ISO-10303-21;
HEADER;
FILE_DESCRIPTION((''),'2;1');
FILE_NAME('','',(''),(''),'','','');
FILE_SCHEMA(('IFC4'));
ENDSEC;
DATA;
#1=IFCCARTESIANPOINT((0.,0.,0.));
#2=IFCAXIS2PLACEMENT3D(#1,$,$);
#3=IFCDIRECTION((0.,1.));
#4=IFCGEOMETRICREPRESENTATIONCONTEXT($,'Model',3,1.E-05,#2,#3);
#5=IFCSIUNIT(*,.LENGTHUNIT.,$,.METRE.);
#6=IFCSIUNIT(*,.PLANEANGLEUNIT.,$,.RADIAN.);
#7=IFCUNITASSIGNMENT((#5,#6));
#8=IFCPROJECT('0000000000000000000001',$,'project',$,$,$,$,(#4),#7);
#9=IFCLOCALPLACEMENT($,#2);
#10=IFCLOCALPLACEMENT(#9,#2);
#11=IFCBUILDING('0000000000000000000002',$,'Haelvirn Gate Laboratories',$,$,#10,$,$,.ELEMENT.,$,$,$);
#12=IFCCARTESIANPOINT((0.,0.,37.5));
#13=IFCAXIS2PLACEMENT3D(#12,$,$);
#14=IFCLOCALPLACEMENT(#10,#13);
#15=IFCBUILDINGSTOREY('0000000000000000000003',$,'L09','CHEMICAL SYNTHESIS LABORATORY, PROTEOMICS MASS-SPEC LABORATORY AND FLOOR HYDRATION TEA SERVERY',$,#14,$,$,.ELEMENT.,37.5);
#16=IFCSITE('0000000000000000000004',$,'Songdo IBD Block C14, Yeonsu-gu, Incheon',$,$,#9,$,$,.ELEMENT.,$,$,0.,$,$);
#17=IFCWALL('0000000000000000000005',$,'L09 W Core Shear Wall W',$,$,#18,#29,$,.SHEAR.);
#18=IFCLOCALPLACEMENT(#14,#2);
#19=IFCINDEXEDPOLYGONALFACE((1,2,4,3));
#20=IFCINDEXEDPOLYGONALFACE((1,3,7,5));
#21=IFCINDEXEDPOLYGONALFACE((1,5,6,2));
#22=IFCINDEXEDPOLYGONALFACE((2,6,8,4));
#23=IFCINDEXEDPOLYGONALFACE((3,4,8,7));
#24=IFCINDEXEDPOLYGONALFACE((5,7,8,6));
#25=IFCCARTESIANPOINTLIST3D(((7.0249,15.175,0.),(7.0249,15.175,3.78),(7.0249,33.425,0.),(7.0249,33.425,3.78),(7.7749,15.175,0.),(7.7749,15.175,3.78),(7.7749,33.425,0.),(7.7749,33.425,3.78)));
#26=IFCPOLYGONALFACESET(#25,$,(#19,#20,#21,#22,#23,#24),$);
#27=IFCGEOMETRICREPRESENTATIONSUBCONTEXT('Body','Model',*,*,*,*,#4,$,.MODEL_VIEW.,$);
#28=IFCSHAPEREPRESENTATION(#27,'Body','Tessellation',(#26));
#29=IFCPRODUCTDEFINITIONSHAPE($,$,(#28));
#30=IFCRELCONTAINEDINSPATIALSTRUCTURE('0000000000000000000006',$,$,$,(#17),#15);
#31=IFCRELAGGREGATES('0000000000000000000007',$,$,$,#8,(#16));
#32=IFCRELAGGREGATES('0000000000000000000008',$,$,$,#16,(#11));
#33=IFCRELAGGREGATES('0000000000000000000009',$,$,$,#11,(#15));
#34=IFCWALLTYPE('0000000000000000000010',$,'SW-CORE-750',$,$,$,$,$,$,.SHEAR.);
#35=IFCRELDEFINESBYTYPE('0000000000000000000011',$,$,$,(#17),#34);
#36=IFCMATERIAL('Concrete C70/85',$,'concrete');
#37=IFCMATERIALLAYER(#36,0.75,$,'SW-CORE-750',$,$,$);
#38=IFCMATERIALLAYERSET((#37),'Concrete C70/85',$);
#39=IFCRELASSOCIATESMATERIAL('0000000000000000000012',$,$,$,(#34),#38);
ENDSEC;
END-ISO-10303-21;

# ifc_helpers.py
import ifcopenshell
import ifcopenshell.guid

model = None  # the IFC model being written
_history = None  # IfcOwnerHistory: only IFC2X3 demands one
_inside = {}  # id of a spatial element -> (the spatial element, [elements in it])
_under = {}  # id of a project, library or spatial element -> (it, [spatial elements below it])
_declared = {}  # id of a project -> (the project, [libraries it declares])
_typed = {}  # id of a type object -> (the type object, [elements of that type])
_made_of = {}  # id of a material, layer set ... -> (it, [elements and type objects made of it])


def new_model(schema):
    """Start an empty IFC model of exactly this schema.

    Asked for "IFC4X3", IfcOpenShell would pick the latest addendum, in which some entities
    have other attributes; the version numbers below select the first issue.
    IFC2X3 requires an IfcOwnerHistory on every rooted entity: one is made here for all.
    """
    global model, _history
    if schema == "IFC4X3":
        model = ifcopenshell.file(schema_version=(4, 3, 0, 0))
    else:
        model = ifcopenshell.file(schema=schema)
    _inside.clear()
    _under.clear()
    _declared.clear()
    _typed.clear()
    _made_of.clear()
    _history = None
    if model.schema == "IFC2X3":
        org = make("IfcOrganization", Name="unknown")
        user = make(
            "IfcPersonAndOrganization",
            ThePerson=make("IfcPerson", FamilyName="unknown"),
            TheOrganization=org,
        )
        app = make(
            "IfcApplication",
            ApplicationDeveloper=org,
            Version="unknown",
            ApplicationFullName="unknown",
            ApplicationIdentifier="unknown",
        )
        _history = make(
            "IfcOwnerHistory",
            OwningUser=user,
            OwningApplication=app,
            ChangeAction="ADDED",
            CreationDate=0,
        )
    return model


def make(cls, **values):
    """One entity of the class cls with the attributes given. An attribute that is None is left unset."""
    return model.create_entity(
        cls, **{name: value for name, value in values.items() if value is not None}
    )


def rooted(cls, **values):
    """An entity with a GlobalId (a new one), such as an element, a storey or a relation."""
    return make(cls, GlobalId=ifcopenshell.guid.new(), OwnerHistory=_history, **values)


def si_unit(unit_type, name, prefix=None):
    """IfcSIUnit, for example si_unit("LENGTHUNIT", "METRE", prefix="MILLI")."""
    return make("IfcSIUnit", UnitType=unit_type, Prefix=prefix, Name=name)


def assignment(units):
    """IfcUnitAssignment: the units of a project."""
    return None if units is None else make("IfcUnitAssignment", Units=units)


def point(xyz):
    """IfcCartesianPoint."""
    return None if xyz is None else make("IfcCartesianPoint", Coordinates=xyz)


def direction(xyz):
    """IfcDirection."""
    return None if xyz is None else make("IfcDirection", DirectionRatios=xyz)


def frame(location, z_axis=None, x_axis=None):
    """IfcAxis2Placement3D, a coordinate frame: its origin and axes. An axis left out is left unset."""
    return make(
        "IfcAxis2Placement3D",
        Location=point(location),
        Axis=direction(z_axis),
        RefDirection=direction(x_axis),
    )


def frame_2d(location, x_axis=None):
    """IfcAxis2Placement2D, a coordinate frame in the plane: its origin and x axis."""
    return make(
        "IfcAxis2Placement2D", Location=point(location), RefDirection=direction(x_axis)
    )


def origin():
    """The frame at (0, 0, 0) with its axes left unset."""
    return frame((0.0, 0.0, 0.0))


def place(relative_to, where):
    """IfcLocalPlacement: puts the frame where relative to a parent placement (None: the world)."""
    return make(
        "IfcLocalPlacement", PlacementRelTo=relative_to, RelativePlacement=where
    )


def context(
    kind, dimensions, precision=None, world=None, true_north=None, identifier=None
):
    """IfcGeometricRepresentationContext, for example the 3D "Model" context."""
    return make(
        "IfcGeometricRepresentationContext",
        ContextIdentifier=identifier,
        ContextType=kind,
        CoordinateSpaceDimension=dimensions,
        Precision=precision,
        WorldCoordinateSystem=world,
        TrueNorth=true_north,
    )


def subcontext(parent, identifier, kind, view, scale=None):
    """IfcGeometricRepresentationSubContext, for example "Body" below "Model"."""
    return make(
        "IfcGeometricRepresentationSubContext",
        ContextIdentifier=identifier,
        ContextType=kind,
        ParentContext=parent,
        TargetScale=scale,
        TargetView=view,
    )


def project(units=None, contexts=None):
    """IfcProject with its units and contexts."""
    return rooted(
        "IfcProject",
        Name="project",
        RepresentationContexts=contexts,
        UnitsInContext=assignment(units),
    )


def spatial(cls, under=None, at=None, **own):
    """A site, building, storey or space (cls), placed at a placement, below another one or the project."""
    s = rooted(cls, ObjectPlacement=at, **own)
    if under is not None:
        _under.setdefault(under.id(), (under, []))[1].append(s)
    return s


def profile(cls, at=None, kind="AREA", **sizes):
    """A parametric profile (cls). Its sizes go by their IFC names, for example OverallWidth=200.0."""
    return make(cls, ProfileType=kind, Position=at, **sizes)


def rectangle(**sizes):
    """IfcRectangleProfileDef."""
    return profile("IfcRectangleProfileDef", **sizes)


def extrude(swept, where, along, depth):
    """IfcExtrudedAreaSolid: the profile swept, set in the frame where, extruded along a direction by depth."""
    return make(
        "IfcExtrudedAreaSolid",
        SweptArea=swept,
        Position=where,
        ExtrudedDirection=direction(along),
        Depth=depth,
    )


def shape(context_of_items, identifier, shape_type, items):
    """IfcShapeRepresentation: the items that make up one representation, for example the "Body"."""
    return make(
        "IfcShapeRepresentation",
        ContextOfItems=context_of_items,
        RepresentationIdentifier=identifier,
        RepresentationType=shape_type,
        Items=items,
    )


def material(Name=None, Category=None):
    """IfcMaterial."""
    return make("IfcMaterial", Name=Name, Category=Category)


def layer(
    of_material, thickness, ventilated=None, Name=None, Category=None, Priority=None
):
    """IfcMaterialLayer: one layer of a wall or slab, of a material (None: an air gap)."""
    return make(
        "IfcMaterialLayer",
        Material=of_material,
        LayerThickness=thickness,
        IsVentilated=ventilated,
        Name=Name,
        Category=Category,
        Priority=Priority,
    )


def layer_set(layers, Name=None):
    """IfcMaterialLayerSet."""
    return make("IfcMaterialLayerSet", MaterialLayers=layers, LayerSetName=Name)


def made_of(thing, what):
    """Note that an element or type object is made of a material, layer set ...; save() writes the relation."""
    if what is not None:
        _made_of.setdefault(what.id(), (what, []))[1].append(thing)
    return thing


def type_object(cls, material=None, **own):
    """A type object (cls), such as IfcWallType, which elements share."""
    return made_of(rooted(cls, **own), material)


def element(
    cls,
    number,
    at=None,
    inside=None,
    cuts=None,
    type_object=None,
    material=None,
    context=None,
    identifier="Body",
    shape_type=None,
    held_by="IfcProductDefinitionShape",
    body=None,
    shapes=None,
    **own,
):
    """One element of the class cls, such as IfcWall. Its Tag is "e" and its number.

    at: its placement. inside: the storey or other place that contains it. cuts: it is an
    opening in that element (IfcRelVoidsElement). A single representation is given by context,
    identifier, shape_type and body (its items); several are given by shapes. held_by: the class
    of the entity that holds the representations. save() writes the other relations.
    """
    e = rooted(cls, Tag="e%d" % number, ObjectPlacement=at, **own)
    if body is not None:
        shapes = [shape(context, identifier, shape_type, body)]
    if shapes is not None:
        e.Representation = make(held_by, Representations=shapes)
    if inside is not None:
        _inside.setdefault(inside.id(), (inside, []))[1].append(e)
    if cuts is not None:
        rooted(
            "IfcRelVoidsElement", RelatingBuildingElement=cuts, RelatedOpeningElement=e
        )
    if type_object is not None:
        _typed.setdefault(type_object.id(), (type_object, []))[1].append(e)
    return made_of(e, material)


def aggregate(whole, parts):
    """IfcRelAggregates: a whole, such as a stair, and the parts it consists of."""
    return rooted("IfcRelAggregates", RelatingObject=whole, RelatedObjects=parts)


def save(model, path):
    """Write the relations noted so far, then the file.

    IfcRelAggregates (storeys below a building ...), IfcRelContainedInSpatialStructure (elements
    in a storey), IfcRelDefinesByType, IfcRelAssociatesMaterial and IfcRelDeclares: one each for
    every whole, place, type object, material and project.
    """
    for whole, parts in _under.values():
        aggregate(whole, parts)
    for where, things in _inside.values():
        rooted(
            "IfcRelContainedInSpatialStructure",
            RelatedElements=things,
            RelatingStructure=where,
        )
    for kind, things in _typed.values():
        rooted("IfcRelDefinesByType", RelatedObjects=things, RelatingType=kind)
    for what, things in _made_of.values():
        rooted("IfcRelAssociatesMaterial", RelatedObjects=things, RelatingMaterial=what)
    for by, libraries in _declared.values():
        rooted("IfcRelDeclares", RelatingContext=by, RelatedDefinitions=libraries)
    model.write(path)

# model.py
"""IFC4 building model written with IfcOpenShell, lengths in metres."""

from ifc_helpers import new_model, si_unit, direction, frame, frame_2d, origin, place, context, subcontext, project, spatial, rectangle, extrude, material, layer, layer_set, type_object, element, save


model = new_model("IFC4")

# Units and contexts
model_context = context("Model", 3, precision=1e-05, world=origin(), true_north=direction((0.0, 1.0)))
body_context = subcontext(model_context, "Body", "Model", "MODEL_VIEW")
ifc_project = project(units=[si_unit("LENGTHUNIT", "METRE"), si_unit("PLANEANGLEUNIT", "RADIAN")], contexts=[model_context])

# Site, building, storey
site_placement = place(None, origin())
site = spatial("IfcSite", under=ifc_project, at=site_placement, Name="Songdo IBD Block C14, Yeonsu-gu, Incheon", CompositionType="ELEMENT", RefElevation=0.0)
building_placement = place(site_placement, origin())
building = spatial("IfcBuilding", under=site, at=building_placement, Name="Haelvirn Gate Laboratories", CompositionType="ELEMENT")
storey_placement = place(building_placement, frame((0.0, 0.0, 37.5)))
storey = spatial("IfcBuildingStorey", under=building, at=storey_placement, Name="L09", Description="CHEMICAL SYNTHESIS LABORATORY, PROTEOMICS MASS-SPEC LABORATORY AND FLOOR HYDRATION TEA SERVERY", CompositionType="ELEMENT", Elevation=37.5)

# Shared definitions
ifc_material_1 = material(Name="Concrete C70/85", Category="concrete")

# Wall
ifc_layer_1 = layer(ifc_material_1, 0.75, Name="SW-CORE-750")
ifc_layer_set_1 = layer_set([ifc_layer_1], Name="Concrete C70/85")
wall_type_1 = type_object("IfcWallType", Name="SW-CORE-750", PredefinedType="SHEAR", material=ifc_layer_set_1)
wall_1_placement = place(storey_placement, frame((7.3999, 15.175, 0.0), z_axis=(0.0, 0.0, 1.0), x_axis=(0.0, 1.0, 0.0)))
element("IfcWall", 1, at=wall_1_placement, inside=storey, type_object=wall_type_1, Name="L09 W Core Shear Wall W", PredefinedType="SHEAR", context=body_context, shape_type="SweptSolid", body=[
    extrude(rectangle(XDim=18.25, YDim=0.75, at=frame_2d((9.125, 0.0))), origin(), (0.0, 0.0, 1.0), 3.78),
])

save(model, "model.ifc")
